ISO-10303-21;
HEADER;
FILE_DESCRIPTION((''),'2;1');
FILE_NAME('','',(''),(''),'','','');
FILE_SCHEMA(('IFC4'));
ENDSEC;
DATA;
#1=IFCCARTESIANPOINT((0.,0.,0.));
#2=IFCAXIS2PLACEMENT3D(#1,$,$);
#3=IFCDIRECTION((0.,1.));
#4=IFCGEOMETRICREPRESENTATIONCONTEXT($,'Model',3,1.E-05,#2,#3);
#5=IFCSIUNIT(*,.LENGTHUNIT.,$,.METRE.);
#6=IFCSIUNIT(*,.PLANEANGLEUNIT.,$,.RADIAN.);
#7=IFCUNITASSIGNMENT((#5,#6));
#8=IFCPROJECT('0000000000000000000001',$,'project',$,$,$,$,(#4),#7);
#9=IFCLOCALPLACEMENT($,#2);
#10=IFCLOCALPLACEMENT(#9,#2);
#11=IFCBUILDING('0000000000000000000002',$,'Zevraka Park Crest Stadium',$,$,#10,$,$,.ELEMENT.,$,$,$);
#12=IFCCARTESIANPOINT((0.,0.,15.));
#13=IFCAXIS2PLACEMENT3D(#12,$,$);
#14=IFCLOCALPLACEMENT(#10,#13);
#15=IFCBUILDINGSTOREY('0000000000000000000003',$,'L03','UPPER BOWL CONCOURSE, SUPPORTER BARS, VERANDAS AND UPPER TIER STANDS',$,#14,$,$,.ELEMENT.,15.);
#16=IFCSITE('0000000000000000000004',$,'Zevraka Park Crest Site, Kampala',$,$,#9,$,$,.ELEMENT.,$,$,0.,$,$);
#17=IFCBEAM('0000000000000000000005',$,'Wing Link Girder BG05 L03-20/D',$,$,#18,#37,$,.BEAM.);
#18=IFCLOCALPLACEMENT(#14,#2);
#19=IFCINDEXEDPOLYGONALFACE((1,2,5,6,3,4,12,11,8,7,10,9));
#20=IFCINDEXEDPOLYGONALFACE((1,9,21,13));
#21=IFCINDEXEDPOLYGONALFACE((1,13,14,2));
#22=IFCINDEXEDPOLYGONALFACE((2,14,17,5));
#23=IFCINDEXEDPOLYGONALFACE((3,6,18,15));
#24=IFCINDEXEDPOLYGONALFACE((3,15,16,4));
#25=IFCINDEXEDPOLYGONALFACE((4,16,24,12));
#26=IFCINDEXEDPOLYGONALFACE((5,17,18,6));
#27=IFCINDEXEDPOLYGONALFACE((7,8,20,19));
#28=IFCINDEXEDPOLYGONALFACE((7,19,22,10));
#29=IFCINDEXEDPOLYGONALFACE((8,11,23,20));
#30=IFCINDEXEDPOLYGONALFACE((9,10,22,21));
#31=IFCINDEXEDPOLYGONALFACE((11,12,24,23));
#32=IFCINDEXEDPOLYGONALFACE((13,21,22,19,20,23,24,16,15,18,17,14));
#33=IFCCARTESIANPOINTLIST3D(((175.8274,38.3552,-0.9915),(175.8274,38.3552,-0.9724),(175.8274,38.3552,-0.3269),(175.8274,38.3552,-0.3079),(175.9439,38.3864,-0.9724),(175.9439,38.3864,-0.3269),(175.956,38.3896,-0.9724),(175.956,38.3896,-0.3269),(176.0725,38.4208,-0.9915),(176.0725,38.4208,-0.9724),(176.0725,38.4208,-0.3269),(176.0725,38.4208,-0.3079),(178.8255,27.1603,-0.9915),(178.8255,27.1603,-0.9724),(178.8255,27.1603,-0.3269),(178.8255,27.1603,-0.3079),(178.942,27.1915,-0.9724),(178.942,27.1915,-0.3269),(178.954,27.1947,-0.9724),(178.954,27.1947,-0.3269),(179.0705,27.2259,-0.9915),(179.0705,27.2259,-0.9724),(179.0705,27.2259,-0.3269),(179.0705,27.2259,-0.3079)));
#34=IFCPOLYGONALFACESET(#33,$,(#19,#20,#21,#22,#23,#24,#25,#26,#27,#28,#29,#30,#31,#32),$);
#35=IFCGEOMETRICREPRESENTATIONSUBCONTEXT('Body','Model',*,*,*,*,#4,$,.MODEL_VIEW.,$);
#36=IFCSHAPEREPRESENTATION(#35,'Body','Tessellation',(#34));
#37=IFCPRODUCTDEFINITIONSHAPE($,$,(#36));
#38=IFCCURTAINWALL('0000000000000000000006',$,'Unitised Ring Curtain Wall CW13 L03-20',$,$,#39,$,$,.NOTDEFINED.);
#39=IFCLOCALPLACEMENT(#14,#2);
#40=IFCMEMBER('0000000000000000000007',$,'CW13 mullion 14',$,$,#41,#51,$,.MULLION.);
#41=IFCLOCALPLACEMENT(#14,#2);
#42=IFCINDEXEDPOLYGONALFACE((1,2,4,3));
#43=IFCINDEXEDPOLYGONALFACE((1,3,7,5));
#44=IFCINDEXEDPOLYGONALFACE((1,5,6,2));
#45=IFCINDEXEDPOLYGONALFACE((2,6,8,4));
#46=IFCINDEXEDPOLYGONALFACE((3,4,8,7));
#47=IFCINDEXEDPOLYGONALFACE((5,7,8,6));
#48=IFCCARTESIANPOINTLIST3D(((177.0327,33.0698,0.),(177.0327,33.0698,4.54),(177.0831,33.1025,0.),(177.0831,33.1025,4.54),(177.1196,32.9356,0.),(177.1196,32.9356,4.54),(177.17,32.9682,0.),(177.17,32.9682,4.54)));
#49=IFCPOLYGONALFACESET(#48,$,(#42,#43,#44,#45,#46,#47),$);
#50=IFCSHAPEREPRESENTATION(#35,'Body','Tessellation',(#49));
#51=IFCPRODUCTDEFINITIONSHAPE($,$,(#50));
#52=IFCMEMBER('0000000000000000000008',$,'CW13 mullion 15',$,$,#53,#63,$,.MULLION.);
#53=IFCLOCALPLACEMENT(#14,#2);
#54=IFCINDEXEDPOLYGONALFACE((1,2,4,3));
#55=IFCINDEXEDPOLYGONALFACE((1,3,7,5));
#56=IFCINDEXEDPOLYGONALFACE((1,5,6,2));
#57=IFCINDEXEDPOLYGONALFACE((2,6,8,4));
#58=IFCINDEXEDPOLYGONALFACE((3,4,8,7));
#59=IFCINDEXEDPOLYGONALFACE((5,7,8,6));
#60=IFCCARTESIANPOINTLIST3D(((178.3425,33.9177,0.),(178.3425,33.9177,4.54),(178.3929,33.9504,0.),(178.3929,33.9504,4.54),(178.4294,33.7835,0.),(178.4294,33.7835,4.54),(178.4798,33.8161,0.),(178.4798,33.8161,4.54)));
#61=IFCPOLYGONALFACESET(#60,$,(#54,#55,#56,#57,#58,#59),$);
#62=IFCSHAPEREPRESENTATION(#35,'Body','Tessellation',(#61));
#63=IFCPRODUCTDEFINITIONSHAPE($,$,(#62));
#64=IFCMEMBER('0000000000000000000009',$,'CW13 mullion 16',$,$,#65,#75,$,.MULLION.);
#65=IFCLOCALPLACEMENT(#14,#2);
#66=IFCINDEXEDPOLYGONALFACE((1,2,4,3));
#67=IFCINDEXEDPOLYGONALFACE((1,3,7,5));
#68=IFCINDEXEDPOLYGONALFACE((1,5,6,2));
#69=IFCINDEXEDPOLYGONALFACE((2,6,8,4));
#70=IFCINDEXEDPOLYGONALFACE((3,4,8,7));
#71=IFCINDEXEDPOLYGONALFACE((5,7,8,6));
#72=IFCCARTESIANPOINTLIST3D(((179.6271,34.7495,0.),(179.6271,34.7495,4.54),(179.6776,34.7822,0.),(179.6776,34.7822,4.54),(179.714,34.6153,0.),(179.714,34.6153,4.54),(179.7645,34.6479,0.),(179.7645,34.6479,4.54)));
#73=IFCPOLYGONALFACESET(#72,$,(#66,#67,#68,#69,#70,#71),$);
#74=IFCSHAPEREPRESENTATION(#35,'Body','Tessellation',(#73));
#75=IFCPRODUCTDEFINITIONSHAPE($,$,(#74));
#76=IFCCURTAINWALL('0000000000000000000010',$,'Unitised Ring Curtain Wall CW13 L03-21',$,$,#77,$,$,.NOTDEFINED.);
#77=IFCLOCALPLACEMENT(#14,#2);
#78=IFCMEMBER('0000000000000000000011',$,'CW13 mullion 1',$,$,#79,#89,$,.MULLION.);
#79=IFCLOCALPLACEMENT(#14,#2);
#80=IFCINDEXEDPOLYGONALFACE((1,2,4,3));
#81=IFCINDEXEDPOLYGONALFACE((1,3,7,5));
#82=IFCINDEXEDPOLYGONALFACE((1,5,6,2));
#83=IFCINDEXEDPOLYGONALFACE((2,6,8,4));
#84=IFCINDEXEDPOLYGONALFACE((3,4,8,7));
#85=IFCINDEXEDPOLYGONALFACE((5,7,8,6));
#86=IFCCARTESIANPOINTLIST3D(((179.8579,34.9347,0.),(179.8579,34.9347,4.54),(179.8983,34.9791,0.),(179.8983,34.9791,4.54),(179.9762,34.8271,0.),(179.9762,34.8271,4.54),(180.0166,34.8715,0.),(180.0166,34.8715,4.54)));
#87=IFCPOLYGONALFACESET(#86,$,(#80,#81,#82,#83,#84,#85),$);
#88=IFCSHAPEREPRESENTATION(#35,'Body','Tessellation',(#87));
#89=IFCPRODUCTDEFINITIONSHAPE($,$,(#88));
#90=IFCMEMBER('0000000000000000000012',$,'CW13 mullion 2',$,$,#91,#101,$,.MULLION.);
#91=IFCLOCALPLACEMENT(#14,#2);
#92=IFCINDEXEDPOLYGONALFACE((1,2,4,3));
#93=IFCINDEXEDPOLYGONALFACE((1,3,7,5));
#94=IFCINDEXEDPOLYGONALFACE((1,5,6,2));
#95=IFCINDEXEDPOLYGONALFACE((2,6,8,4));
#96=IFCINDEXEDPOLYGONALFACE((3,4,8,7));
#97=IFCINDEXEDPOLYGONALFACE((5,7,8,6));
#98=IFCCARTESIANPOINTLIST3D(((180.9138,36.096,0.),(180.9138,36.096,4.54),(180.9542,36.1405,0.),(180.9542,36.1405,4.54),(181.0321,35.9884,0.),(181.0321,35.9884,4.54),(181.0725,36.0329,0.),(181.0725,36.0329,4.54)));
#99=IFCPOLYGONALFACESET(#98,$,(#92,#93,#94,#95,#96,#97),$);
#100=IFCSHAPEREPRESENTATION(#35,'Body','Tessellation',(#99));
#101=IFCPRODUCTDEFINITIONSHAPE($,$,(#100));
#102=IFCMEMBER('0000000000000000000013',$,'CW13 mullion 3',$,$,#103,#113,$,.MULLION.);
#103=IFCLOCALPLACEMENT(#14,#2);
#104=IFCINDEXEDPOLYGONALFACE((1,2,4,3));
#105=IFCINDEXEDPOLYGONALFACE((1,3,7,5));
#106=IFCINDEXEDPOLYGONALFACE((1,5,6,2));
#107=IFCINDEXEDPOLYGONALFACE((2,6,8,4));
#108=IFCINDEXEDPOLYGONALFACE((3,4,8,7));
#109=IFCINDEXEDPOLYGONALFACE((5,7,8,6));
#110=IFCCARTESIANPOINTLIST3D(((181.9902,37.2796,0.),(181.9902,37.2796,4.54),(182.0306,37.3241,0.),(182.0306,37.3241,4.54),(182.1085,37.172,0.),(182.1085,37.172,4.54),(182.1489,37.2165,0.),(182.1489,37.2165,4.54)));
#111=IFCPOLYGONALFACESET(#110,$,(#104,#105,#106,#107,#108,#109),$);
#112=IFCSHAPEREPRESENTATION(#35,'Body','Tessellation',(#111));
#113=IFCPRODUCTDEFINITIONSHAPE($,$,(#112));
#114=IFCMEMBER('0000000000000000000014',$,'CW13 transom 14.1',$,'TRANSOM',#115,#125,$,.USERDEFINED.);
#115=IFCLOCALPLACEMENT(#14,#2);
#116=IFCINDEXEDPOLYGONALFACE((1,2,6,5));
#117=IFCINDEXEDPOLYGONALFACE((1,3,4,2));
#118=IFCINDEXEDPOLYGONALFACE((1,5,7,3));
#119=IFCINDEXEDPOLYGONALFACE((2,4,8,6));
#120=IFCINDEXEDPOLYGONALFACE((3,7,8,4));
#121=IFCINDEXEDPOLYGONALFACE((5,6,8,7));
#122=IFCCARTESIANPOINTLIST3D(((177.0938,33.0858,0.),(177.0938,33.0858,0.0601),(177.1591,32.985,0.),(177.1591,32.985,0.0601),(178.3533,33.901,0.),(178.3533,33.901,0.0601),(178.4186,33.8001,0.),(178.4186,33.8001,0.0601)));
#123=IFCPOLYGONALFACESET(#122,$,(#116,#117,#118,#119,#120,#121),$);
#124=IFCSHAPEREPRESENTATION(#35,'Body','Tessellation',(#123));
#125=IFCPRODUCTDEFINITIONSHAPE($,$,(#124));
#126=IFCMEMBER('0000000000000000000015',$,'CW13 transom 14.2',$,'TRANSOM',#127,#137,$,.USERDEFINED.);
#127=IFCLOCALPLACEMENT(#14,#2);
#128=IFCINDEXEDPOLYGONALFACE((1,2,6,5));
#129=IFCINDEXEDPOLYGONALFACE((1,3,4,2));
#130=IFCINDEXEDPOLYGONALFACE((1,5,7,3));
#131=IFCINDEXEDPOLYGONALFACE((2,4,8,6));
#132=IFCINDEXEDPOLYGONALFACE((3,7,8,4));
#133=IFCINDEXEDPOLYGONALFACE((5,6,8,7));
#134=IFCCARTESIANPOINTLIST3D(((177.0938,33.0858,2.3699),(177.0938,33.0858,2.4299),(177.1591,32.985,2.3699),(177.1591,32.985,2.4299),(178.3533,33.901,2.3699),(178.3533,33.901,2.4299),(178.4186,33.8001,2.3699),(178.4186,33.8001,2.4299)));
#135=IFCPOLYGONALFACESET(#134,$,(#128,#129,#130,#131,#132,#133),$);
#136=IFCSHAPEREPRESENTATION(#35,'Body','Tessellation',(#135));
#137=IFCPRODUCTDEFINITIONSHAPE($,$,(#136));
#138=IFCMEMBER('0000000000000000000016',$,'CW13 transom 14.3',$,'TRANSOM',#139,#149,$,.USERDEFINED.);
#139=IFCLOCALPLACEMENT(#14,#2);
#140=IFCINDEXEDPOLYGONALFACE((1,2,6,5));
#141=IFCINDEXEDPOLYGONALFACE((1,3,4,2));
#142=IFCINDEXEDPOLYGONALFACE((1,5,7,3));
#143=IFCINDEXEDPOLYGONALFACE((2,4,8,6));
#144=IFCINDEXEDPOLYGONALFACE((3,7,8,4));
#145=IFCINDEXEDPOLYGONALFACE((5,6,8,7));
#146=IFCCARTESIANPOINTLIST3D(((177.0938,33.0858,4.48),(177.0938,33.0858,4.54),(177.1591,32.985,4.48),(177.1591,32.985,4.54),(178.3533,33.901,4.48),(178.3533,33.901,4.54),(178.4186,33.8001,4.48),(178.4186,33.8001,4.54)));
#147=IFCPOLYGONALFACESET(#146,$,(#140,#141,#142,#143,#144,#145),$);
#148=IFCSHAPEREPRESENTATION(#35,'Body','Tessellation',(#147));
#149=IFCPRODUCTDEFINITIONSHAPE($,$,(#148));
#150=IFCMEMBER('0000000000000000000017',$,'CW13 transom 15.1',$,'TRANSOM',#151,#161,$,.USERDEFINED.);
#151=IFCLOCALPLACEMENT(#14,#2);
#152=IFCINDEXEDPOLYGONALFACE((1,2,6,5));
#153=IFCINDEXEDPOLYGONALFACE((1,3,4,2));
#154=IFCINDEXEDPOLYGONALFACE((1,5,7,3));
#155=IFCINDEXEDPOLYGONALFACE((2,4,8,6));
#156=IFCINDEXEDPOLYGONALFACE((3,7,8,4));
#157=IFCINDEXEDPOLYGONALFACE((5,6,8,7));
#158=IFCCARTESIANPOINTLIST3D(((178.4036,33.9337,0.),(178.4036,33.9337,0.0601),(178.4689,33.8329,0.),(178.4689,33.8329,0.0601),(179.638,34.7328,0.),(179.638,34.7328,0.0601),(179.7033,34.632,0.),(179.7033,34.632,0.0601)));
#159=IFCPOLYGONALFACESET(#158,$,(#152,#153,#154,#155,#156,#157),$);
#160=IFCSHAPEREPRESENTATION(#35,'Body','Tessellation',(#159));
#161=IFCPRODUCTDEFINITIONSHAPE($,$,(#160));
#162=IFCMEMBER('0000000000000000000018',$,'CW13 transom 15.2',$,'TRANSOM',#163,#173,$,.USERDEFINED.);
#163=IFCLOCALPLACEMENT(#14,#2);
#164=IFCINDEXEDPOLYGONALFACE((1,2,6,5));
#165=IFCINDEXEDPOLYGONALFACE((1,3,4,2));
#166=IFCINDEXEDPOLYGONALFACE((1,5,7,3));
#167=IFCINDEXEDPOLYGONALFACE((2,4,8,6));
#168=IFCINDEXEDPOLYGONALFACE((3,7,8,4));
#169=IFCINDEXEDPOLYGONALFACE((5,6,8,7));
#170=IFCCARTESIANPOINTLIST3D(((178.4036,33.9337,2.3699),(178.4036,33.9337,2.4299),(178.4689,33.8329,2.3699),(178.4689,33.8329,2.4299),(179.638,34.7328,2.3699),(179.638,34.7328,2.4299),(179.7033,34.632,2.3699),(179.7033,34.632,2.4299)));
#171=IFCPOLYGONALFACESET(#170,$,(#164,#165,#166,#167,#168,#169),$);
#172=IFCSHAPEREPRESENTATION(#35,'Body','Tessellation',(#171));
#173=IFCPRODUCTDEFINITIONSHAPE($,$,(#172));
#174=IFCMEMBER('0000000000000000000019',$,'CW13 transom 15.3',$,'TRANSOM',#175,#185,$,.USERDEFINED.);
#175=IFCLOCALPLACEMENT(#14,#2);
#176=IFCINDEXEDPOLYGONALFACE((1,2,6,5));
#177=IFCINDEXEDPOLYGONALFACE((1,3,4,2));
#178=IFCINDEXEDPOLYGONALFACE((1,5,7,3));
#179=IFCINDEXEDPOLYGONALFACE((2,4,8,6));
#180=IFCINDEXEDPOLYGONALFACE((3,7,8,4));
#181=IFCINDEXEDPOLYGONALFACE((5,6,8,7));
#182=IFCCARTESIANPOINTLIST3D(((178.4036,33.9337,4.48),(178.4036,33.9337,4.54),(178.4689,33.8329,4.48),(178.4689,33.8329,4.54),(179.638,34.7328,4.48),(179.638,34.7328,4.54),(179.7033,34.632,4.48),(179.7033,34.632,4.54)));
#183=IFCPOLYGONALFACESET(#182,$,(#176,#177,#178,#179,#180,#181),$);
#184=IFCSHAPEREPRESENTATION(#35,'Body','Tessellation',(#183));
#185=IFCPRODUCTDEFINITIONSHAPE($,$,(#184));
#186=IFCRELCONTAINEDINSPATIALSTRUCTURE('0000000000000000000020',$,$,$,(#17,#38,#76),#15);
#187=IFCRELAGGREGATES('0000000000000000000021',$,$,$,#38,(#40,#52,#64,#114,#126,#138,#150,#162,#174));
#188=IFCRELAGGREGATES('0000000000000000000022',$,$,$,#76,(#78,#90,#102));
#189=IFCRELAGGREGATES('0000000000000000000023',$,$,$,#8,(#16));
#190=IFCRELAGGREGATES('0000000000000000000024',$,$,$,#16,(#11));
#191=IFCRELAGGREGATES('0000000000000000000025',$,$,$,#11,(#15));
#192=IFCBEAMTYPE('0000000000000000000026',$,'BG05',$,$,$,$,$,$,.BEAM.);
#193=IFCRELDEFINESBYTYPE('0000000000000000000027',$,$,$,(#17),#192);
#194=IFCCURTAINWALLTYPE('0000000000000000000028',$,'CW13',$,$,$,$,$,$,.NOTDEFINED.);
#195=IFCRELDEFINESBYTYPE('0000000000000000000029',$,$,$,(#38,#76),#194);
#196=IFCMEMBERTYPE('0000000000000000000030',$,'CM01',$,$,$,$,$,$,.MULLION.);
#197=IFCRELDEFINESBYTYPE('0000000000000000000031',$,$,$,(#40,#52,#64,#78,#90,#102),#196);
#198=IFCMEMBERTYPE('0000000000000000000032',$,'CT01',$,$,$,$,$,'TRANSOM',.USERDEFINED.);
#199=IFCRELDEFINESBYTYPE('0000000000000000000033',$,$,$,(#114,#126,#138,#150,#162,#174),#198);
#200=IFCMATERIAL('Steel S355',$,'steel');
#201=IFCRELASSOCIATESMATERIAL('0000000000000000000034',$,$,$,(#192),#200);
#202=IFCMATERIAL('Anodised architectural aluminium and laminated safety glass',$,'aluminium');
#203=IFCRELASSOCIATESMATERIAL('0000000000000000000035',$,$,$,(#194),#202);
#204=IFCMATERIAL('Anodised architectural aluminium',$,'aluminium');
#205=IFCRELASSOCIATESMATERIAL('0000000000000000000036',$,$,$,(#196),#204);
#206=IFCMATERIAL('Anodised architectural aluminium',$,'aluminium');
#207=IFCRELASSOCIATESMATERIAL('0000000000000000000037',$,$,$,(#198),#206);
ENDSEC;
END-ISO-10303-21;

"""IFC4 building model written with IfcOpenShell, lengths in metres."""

from ifc_helpers import new_model, si_unit, direction, frame, origin, origin_2d, place, context, subcontext, project, spatial, rectangle, i_section, extrude, material, material_profile, profile_set, type_object, element, aggregate, save


model = new_model("IFC4")

# Units and contexts
model_context = context("Model", 3, precision=1e-05, world=origin(), true_north=direction((0.0, 1.0)))
body_context = subcontext(model_context, "Body", "Model", "MODEL_VIEW")
ifc_project = project(units=[si_unit("LENGTHUNIT", "METRE"), si_unit("PLANEANGLEUNIT", "RADIAN")], contexts=[model_context])

# Site, building, storey
site_placement = place(None, origin())
site = spatial("IfcSite", under=ifc_project, at=site_placement, Name="Zevraka Park Crest Site, Kampala", CompositionType="ELEMENT", RefElevation=0.0)
building_placement = place(site_placement, origin())
building = spatial("IfcBuilding", under=site, at=building_placement, Name="Zevraka Park Crest Stadium", CompositionType="ELEMENT")
storey_placement = place(building_placement, frame((0.0, 0.0, 15.0)))
storey = spatial("IfcBuildingStorey", under=building, at=storey_placement, Name="L03", Description="UPPER BOWL CONCOURSE, SUPPORTER BARS, VERANDAS AND UPPER TIER STANDS", CompositionType="ELEMENT", Elevation=15.0)

# Beam
ifc_material_1 = material(Name="Steel S355", Category="steel")
ifc_material_profile_1 = material_profile(ifc_material_1, i_section(OverallWidth=0.2537, OverallDepth=0.6836, WebThickness=0.0125, FlangeThickness=0.019, at=origin_2d()), Name="UKB 686x254x140")
ifc_profile_set_1 = profile_set([ifc_material_profile_1], Name="Steel S355")
beam_type_1 = type_object("IfcBeamType", Name="BG05", PredefinedType="BEAM", material=ifc_profile_set_1)
beam_1_placement = place(storey_placement, frame((178.948, 27.1931, -0.6497), z_axis=(-0.25869, 0.96596, 0.0), x_axis=(-0.96596, -0.25869, 0.0)))
element("IfcBeam", 1, at=beam_1_placement, inside=storey, type_object=beam_type_1, Name="Wing Link Girder BG05 L03-20/D", PredefinedType="BEAM", context=body_context, shape_type="SweptSolid", body=[
    extrude(i_section(OverallWidth=0.2537, OverallDepth=0.6836, WebThickness=0.0125, FlangeThickness=0.019, at=origin_2d()), origin(), (0.0, 0.0, 1.0), 11.5894),
])

# Curtain walls, members
ifc_material_2 = material(Name="Anodised architectural aluminium and laminated safety glass", Category="aluminium")
curtain_wall_type = type_object("IfcCurtainWallType", Name="CW13", PredefinedType="NOTDEFINED", material=ifc_material_2)
curtain_wall_1_placement = place(storey_placement, origin())
curtain_wall_1 = element("IfcCurtainWall", 2, at=curtain_wall_1_placement, inside=storey, type_object=curtain_wall_type, Name="Unitised Ring Curtain Wall CW13 L03-20", PredefinedType="NOTDEFINED")
ifc_material_3 = material(Name="Anodised architectural aluminium", Category="aluminium")
ifc_material_profile_2 = material_profile(ifc_material_3, rectangle(XDim=0.1599, YDim=0.0601, at=origin_2d()), Name="ALU MULLION 160x60")
ifc_profile_set_2 = profile_set([ifc_material_profile_2], Name="Anodised architectural aluminium")
member_type_1 = type_object("IfcMemberType", Name="CM01", PredefinedType="MULLION", material=ifc_profile_set_2)
member_1_placement = place(storey_placement, frame((177.1013, 33.019, 0.0), z_axis=(0.0, 0.0, 1.0), x_axis=(-0.543469, 0.839429, 0.0)))
member_1 = element("IfcMember", 3, at=member_1_placement, type_object=member_type_1, Name="CW13 mullion 14", PredefinedType="MULLION", context=body_context, shape_type="SweptSolid", body=[
    extrude(rectangle(XDim=0.1599, YDim=0.0601, at=origin_2d()), origin(), (0.0, 0.0, 1.0), 4.54),
])
member_2_placement = place(storey_placement, frame((178.4111, 33.8669, 0.0), z_axis=(0.0, 0.0, 1.0), x_axis=(-0.543469, 0.839429, 0.0)))
member_2 = element("IfcMember", 4, at=member_2_placement, type_object=member_type_1, Name="CW13 mullion 15", PredefinedType="MULLION", context=body_context, shape_type="SweptSolid", body=[
    extrude(rectangle(XDim=0.1599, YDim=0.0601, at=origin_2d()), origin(), (0.0, 0.0, 1.0), 4.54),
])
member_3_placement = place(storey_placement, frame((179.6958, 34.6987, 0.0), z_axis=(0.0, 0.0, 1.0), x_axis=(-0.543469, 0.839429, 0.0)))
member_3 = element("IfcMember", 5, at=member_3_placement, type_object=member_type_1, Name="CW13 mullion 16", PredefinedType="MULLION", context=body_context, shape_type="SweptSolid", body=[
    extrude(rectangle(XDim=0.1599, YDim=0.0601, at=origin_2d()), origin(), (0.0, 0.0, 1.0), 4.54),
])
curtain_wall_2_placement = place(storey_placement, origin())
curtain_wall_2 = element("IfcCurtainWall", 6, at=curtain_wall_2_placement, inside=storey, type_object=curtain_wall_type, Name="Unitised Ring Curtain Wall CW13 L03-21", PredefinedType="NOTDEFINED")
member_4_placement = place(storey_placement, frame((179.9373, 34.9031, 0.0), z_axis=(0.0, 0.0, 1.0), x_axis=(-0.739823, 0.672802, 0.0)))
member_4 = element("IfcMember", 7, at=member_4_placement, type_object=member_type_1, Name="CW13 mullion 1", PredefinedType="MULLION", context=body_context, shape_type="SweptSolid", body=[
    extrude(rectangle(XDim=0.1599, YDim=0.0601, at=origin_2d()), origin(), (0.0, 0.0, 1.0), 4.54),
])
member_5_placement = place(storey_placement, frame((180.9932, 36.0645, 0.0), z_axis=(0.0, 0.0, 1.0), x_axis=(-0.739823, 0.672802, 0.0)))
member_5 = element("IfcMember", 8, at=member_5_placement, type_object=member_type_1, Name="CW13 mullion 2", PredefinedType="MULLION", context=body_context, shape_type="SweptSolid", body=[
    extrude(rectangle(XDim=0.1599, YDim=0.0601, at=origin_2d()), origin(), (0.0, 0.0, 1.0), 4.54),
])
member_6_placement = place(storey_placement, frame((182.0696, 37.248, 0.0), z_axis=(0.0, 0.0, 1.0), x_axis=(-0.739823, 0.672802, 0.0)))
member_6 = element("IfcMember", 9, at=member_6_placement, type_object=member_type_1, Name="CW13 mullion 3", PredefinedType="MULLION", context=body_context, shape_type="SweptSolid", body=[
    extrude(rectangle(XDim=0.1599, YDim=0.0601, at=origin_2d()), origin(), (0.0, 0.0, 1.0), 4.54),
])

# Members
ifc_material_4 = material(Name="Anodised architectural aluminium", Category="aluminium")
ifc_material_profile_3 = material_profile(ifc_material_4, rectangle(XDim=0.1201, YDim=0.0601, at=origin_2d()), Name="ALU TRANSOM 120x60")
ifc_profile_set_3 = profile_set([ifc_material_profile_3], Name="Anodised architectural aluminium")
member_type_2 = type_object("IfcMemberType", Name="CT01", ElementType="TRANSOM", PredefinedType="USERDEFINED", material=ifc_profile_set_3)
member_7_placement = place(storey_placement, frame((177.1265, 33.0354, 0.03), z_axis=(0.839509, 0.543346, 0.0), x_axis=(-0.543346, 0.839509, 0.0)))
member_7 = element("IfcMember", 10, at=member_7_placement, type_object=member_type_2, Name="CW13 transom 14.1", ObjectType="TRANSOM", PredefinedType="USERDEFINED", context=body_context, shape_type="SweptSolid", body=[
    extrude(rectangle(XDim=0.1201, YDim=0.0601, at=origin_2d()), origin(), (0.0, 0.0, 1.0), 1.5002),
])
member_8_placement = place(storey_placement, frame((177.1265, 33.0354, 2.3999), z_axis=(0.839509, 0.543346, 0.0), x_axis=(-0.543346, 0.839509, 0.0)))
member_8 = element("IfcMember", 11, at=member_8_placement, type_object=member_type_2, Name="CW13 transom 14.2", ObjectType="TRANSOM", PredefinedType="USERDEFINED", context=body_context, shape_type="SweptSolid", body=[
    extrude(rectangle(XDim=0.1201, YDim=0.0601, at=origin_2d()), origin(), (0.0, 0.0, 1.0), 1.5002),
])
member_9_placement = place(storey_placement, frame((177.1265, 33.0354, 4.51), z_axis=(0.839509, 0.543346, 0.0), x_axis=(-0.543346, 0.839509, 0.0)))
member_9 = element("IfcMember", 12, at=member_9_placement, type_object=member_type_2, Name="CW13 transom 14.3", ObjectType="TRANSOM", PredefinedType="USERDEFINED", context=body_context, shape_type="SweptSolid", body=[
    extrude(rectangle(XDim=0.1201, YDim=0.0601, at=origin_2d()), origin(), (0.0, 0.0, 1.0), 1.5002),
])
member_10_placement = place(storey_placement, frame((178.4363, 33.8833, 0.03), z_axis=(0.839459, 0.543423, 0.0), x_axis=(-0.543423, 0.839459, 0.0)))
member_10 = element("IfcMember", 13, at=member_10_placement, type_object=member_type_2, Name="CW13 transom 15.1", ObjectType="TRANSOM", PredefinedType="USERDEFINED", context=body_context, shape_type="SweptSolid", body=[
    extrude(rectangle(XDim=0.1201, YDim=0.0601, at=origin_2d()), origin(), (0.0, 0.0, 1.0), 1.4705),
])
member_11_placement = place(storey_placement, frame((178.4363, 33.8833, 2.3999), z_axis=(0.839459, 0.543423, 0.0), x_axis=(-0.543423, 0.839459, 0.0)))
member_11 = element("IfcMember", 14, at=member_11_placement, type_object=member_type_2, Name="CW13 transom 15.2", ObjectType="TRANSOM", PredefinedType="USERDEFINED", context=body_context, shape_type="SweptSolid", body=[
    extrude(rectangle(XDim=0.1201, YDim=0.0601, at=origin_2d()), origin(), (0.0, 0.0, 1.0), 1.4705),
])
member_12_placement = place(storey_placement, frame((178.4363, 33.8833, 4.51), z_axis=(0.839459, 0.543423, 0.0), x_axis=(-0.543423, 0.839459, 0.0)))
member_12 = element("IfcMember", 15, at=member_12_placement, type_object=member_type_2, Name="CW13 transom 15.3", ObjectType="TRANSOM", PredefinedType="USERDEFINED", context=body_context, shape_type="SweptSolid", body=[
    extrude(rectangle(XDim=0.1201, YDim=0.0601, at=origin_2d()), origin(), (0.0, 0.0, 1.0), 1.4705),
])

aggregate(curtain_wall_1, [member_1, member_2, member_3, member_7, member_8, member_9, member_10, member_11, member_12])
aggregate(curtain_wall_2, [member_4, member_5, member_6])

save(model, "model.ifc")
